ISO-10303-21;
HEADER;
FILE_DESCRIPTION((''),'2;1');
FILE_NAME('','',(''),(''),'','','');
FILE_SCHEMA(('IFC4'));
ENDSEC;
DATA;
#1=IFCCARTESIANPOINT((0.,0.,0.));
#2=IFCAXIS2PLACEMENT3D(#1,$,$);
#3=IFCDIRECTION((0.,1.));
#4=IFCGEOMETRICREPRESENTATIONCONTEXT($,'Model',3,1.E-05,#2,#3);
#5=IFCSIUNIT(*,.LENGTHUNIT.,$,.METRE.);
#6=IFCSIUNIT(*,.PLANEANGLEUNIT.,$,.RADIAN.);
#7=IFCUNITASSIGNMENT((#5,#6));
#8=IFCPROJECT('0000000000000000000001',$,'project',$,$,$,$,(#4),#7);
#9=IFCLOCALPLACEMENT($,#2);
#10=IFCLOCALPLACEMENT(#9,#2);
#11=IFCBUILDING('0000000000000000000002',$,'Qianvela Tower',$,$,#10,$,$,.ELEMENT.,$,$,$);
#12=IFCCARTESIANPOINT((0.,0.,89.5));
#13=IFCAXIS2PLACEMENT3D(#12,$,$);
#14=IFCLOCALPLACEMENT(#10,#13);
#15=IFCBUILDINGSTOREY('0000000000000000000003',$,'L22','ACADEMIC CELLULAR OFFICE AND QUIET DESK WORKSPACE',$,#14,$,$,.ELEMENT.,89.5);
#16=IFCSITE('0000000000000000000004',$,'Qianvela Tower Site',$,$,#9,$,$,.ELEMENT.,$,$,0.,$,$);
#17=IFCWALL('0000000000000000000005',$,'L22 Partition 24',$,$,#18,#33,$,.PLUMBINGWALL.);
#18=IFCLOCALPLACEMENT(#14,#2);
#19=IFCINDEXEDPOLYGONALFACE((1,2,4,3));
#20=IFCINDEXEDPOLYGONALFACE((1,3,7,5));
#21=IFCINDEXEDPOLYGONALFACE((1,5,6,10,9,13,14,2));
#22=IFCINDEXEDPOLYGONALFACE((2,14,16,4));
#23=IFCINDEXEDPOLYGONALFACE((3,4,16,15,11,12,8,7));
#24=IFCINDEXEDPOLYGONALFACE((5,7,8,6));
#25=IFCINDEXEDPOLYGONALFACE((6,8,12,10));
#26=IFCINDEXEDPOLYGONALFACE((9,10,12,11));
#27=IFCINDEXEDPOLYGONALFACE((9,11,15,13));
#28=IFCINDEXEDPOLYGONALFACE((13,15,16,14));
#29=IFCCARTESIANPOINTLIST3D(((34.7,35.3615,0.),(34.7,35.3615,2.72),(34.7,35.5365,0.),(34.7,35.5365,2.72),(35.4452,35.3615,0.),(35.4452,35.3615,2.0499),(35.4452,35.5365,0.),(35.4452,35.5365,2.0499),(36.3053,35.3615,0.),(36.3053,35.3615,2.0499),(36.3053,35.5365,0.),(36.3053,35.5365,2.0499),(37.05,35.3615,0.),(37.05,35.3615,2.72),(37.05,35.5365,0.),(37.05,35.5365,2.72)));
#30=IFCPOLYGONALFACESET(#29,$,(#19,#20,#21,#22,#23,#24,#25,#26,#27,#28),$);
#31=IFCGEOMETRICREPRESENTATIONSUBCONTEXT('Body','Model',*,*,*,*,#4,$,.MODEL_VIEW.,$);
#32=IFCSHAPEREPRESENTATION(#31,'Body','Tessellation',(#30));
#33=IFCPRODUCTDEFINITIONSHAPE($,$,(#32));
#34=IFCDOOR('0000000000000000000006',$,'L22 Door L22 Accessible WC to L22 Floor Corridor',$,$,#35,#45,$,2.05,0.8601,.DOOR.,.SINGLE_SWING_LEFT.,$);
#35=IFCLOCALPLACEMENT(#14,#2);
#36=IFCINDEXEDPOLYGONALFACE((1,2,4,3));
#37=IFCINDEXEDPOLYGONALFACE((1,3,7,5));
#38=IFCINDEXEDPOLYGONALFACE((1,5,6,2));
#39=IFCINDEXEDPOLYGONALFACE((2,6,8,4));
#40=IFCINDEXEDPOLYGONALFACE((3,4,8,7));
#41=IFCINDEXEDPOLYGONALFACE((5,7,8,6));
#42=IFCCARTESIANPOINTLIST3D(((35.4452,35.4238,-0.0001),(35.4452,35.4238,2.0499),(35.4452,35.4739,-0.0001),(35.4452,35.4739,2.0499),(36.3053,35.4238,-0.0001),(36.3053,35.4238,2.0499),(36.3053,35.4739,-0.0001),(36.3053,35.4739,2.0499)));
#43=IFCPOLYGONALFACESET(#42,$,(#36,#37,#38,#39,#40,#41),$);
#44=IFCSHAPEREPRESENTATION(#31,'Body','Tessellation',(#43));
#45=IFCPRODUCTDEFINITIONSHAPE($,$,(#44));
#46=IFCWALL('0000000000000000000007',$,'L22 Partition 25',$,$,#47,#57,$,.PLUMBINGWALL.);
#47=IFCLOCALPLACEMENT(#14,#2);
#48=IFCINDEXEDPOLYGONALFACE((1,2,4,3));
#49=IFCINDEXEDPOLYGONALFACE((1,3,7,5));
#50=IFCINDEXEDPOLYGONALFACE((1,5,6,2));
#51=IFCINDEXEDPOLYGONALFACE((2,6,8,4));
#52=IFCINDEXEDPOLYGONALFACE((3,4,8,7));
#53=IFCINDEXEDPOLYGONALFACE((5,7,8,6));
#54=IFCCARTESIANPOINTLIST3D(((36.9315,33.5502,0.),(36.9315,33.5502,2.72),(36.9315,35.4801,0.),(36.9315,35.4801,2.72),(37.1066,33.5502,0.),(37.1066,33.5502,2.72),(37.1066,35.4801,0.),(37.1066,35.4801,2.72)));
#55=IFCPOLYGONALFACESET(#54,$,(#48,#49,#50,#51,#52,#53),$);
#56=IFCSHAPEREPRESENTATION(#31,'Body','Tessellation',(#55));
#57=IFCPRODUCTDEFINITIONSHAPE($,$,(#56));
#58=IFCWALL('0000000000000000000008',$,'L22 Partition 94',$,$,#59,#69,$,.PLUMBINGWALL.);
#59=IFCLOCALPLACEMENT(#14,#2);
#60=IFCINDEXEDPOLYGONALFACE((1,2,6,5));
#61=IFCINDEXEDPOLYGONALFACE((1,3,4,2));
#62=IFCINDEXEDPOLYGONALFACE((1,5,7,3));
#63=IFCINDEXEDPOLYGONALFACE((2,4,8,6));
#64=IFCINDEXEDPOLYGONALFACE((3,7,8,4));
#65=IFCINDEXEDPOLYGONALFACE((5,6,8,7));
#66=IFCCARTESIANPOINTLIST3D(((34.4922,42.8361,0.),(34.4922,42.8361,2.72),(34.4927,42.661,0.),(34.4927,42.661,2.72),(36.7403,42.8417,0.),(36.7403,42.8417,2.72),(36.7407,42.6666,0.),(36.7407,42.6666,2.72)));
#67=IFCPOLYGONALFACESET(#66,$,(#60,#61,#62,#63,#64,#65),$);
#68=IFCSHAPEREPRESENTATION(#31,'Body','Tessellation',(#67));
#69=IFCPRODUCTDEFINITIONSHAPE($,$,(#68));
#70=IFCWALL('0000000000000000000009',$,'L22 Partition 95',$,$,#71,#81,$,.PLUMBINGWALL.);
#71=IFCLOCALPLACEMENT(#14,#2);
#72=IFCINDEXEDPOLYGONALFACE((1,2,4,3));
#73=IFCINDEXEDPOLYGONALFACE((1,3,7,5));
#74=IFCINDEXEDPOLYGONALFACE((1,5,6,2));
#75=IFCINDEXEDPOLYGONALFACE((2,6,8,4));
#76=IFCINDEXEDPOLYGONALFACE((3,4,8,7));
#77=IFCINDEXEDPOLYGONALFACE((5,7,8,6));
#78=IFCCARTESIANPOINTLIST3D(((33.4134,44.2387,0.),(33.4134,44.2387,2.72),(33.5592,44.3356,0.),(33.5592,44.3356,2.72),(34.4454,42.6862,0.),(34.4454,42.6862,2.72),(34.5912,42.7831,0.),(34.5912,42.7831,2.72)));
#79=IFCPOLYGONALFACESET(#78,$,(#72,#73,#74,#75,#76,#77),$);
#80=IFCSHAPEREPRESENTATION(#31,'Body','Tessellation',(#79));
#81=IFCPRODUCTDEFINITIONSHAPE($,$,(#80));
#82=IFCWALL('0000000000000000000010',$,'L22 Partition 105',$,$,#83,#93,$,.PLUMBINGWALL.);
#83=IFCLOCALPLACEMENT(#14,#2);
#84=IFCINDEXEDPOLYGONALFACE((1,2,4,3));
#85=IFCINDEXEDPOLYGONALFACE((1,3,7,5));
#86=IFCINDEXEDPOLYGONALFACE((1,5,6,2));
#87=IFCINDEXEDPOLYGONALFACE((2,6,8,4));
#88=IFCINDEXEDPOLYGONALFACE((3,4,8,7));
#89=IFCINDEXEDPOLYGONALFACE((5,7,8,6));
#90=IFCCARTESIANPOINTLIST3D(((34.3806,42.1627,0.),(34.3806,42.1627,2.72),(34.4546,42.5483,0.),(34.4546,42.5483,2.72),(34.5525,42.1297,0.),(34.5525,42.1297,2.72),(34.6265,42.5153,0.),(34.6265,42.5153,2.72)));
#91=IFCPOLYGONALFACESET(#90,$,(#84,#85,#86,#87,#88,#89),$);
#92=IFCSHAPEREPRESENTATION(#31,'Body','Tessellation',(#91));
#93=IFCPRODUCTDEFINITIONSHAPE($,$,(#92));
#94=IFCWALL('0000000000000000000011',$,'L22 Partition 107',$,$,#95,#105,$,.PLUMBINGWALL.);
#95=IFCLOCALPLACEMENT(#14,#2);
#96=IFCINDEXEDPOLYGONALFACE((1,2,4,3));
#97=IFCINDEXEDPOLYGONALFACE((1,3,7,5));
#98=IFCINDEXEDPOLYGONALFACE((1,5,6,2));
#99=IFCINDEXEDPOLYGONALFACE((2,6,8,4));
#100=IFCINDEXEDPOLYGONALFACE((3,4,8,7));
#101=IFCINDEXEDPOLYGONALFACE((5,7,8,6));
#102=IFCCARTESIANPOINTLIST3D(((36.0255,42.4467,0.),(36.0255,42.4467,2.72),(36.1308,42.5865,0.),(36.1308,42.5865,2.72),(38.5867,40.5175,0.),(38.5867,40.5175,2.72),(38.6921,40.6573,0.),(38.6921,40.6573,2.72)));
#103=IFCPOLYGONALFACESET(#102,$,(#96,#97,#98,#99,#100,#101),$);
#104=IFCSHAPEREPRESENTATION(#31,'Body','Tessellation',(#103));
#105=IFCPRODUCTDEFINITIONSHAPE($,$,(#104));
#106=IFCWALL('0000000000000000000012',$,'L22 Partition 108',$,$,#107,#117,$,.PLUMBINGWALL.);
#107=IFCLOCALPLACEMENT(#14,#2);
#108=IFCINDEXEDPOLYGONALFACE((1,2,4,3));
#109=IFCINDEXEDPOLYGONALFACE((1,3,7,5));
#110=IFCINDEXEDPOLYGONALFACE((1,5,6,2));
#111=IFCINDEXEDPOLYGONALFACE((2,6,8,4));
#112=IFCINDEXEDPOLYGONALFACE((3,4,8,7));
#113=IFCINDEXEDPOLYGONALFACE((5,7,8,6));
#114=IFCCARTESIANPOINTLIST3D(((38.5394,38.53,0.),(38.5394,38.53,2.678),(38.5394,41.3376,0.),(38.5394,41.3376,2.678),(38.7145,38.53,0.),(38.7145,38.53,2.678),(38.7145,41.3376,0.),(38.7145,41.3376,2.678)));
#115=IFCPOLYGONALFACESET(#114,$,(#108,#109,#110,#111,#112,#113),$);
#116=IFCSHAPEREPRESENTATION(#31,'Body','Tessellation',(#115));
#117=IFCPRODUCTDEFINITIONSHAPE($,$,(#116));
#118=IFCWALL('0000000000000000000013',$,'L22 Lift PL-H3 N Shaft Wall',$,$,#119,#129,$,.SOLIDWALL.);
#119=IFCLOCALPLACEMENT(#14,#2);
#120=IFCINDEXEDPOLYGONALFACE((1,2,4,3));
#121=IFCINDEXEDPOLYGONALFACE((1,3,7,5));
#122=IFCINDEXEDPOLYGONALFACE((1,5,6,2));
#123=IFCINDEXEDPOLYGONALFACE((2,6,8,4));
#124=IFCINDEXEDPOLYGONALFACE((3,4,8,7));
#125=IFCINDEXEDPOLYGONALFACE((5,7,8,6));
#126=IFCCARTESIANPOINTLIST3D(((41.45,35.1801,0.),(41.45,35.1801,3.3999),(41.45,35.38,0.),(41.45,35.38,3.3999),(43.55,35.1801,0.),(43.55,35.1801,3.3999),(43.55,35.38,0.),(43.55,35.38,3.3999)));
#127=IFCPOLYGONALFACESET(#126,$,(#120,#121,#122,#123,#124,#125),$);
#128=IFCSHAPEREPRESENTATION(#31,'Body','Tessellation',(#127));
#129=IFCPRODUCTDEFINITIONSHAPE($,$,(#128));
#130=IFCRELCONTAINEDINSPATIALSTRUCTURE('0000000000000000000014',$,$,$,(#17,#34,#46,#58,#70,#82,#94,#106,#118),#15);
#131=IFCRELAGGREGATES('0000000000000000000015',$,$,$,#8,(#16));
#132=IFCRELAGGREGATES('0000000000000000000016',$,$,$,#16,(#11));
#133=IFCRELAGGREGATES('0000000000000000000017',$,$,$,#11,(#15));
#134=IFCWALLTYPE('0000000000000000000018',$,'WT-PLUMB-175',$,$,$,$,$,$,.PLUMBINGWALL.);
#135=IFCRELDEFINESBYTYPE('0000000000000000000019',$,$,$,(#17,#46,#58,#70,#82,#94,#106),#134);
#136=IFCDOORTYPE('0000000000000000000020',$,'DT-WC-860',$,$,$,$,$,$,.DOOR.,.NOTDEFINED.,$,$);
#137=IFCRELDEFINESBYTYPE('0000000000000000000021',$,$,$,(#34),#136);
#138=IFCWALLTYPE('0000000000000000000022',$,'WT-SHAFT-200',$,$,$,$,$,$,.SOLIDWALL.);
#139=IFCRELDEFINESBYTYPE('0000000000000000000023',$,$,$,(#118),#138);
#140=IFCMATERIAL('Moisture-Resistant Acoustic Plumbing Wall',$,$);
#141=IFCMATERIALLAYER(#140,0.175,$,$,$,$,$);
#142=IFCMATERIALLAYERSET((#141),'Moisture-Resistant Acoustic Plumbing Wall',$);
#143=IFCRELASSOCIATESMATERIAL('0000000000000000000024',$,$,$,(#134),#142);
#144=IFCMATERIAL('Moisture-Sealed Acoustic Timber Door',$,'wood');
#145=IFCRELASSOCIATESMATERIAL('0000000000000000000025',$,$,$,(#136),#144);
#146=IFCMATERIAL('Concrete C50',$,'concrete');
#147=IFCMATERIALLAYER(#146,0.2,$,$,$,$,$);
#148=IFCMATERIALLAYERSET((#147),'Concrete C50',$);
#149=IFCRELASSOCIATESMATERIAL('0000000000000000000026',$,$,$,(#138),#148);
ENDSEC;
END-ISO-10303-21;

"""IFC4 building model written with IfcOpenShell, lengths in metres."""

from ifc_helpers import new_model, si_unit, direction, frame, frame_2d, origin, place, context, subcontext, project, spatial, rectangle, extrude, material, layer, layer_set, type_object, element, fill, save


model = new_model("IFC4")

# Units and contexts
model_context = context("Model", 3, precision=1e-05, world=origin(), true_north=direction((0.0, 1.0)))
body_context = subcontext(model_context, "Body", "Model", "MODEL_VIEW")
ifc_project = project(units=[si_unit("LENGTHUNIT", "METRE"), si_unit("PLANEANGLEUNIT", "RADIAN")], contexts=[model_context])

# Site, building, storey
site_placement = place(None, origin())
site = spatial("IfcSite", under=ifc_project, at=site_placement, Name="Qianvela Tower Site", CompositionType="ELEMENT", RefElevation=0.0)
building_placement = place(site_placement, origin())
building = spatial("IfcBuilding", under=site, at=building_placement, Name="Qianvela Tower", CompositionType="ELEMENT")
storey_placement = place(building_placement, frame((0.0, 0.0, 89.5)))
storey = spatial("IfcBuildingStorey", under=building, at=storey_placement, Name="L22", Description="ACADEMIC CELLULAR OFFICE AND QUIET DESK WORKSPACE", CompositionType="ELEMENT", Elevation=89.5)

# Wall, opening, door
ifc_material_1 = material(Name="Moisture-Resistant Acoustic Plumbing Wall")
ifc_layer_1 = layer(ifc_material_1, 0.175)
ifc_layer_set_1 = layer_set([ifc_layer_1], Name="Moisture-Resistant Acoustic Plumbing Wall")
wall_type_1 = type_object("IfcWallType", Name="WT-PLUMB-175", PredefinedType="PLUMBINGWALL", material=ifc_layer_set_1)
wall_1_placement = place(storey_placement, frame((34.7, 35.449, 0.0), z_axis=(0.0, 0.0, 1.0), x_axis=(1.0, 0.0, 0.0)))
wall_1 = element("IfcWall", 1, at=wall_1_placement, inside=storey, type_object=wall_type_1, Name="L22 Partition 24", PredefinedType="PLUMBINGWALL", context=body_context, shape_type="SweptSolid", body=[
    extrude(rectangle(XDim=2.3501, YDim=0.175, at=frame_2d((1.175, 0.0))), origin(), (0.0, 0.0, 1.0), 2.72),
])
opening_1_placement = place(wall_1_placement, frame((0.7451, 0.0, 0.0)))
opening_1 = element("IfcOpeningElement", 2, at=opening_1_placement, cuts=wall_1, PredefinedType="OPENING", context=body_context, shape_type="SweptSolid", body=[
    extrude(rectangle(XDim=0.8601, YDim=2.05, at=frame_2d((0.4302, 1.0249))), frame((0.0, 0.0974, 0.0), z_axis=(0.0, -1.0, 0.0), x_axis=(1.0, 0.0, 0.0)), (0.0, 0.0, 1.0), 0.1951),
])
ifc_material_2 = material(Name="Moisture-Sealed Acoustic Timber Door", Category="wood")
door_type_1 = type_object("IfcDoorType", Name="DT-WC-860", OperationType="NOTDEFINED", PredefinedType="DOOR", material=ifc_material_2)
door_1_placement = place(opening_1_placement, origin())
door_1 = element("IfcDoor", 3, at=door_1_placement, inside=storey, type_object=door_type_1, Name="L22 Door L22 Accessible WC to L22 Floor Corridor", OperationType="SINGLE_SWING_LEFT", OverallHeight=2.05, OverallWidth=0.8601, PredefinedType="DOOR", context=body_context, shape_type="SweptSolid", body=[
    extrude(rectangle(XDim=0.8601, YDim=2.05, at=frame_2d((0.4302, 1.0249))), frame((0.0, 0.0249, 0.0), z_axis=(0.0, -1.0, 0.0), x_axis=(1.0, 0.0, 0.0)), (0.0, 0.0, 1.0), 0.05),
])
fill(opening_1, door_1)

# Walls
wall_2_placement = place(storey_placement, frame((37.019, 35.48, 0.0), z_axis=(0.0, 0.0, 1.0), x_axis=(0.0, -1.0, 0.0)))
element("IfcWall", 4, at=wall_2_placement, inside=storey, type_object=wall_type_1, Name="L22 Partition 25", PredefinedType="PLUMBINGWALL", context=body_context, shape_type="SweptSolid", body=[
    extrude(rectangle(XDim=1.9299, YDim=0.175, at=frame_2d((0.9648, 0.0))), origin(), (0.0, 0.0, 1.0), 2.72),
])
wall_3_placement = place(storey_placement, frame((36.7405, 42.7542, 0.0), z_axis=(0.0, 0.0, 1.0), x_axis=(-0.999997, -0.002498, 0.0)))
element("IfcWall", 5, at=wall_3_placement, inside=storey, type_object=wall_type_1, Name="L22 Partition 94", PredefinedType="PLUMBINGWALL", context=body_context, shape_type="SweptSolid", body=[
    extrude(rectangle(XDim=2.248, YDim=0.175, at=frame_2d((1.124, 0.0))), origin(), (0.0, 0.0, 1.0), 2.72),
])
wall_4_placement = place(storey_placement, frame((34.5183, 42.7346, 0.0), z_axis=(0.0, 0.0, 1.0), x_axis=(-0.553581, 0.832795, 0.0)))
element("IfcWall", 6, at=wall_4_placement, inside=storey, type_object=wall_type_1, Name="L22 Partition 95", PredefinedType="PLUMBINGWALL", context=body_context, shape_type="SweptSolid", body=[
    extrude(rectangle(XDim=1.8643, YDim=0.175, at=frame_2d((0.9321, 0.0))), origin(), (0.0, 0.0, 1.0), 2.72),
])
wall_5_placement = place(storey_placement, frame((34.4666, 42.1462, 0.0), z_axis=(0.0, 0.0, 1.0), x_axis=(0.188455, 0.982082, 0.0)))
element("IfcWall", 7, at=wall_5_placement, inside=storey, type_object=wall_type_1, Name="L22 Partition 105", PredefinedType="PLUMBINGWALL", context=body_context, shape_type="SweptSolid", body=[
    extrude(rectangle(XDim=0.3926, YDim=0.175, at=frame_2d((0.1963, 0.0))), origin(), (0.0, 0.0, 1.0), 2.72),
])
wall_6_placement = place(storey_placement, frame((36.0781, 42.5166, 0.0), z_axis=(0.0, 0.0, 1.0), x_axis=(0.798765, -0.601643, 0.0)))
element("IfcWall", 8, at=wall_6_placement, inside=storey, type_object=wall_type_1, Name="L22 Partition 107", PredefinedType="PLUMBINGWALL", context=body_context, shape_type="SweptSolid", body=[
    extrude(rectangle(XDim=3.2065, YDim=0.175, at=frame_2d((1.6033, 0.0))), origin(), (0.0, 0.0, 1.0), 2.72),
])
wall_7_placement = place(storey_placement, frame((38.627, 41.3376, 0.0), z_axis=(0.0, 0.0, 1.0), x_axis=(0.0, -1.0, 0.0)))
element("IfcWall", 9, at=wall_7_placement, inside=storey, type_object=wall_type_1, Name="L22 Partition 108", PredefinedType="PLUMBINGWALL", context=body_context, shape_type="SweptSolid", body=[
    extrude(rectangle(XDim=2.8076, YDim=0.175, at=frame_2d((1.4038, 0.0))), origin(), (0.0, 0.0, 1.0), 2.678),
])
ifc_material_3 = material(Name="Concrete C50", Category="concrete")
ifc_layer_2 = layer(ifc_material_3, 0.2)
ifc_layer_set_2 = layer_set([ifc_layer_2], Name="Concrete C50")
wall_type_2 = type_object("IfcWallType", Name="WT-SHAFT-200", PredefinedType="SOLIDWALL", material=ifc_layer_set_2)
wall_8_placement = place(storey_placement, frame((41.45, 35.28, 0.0), z_axis=(0.0, 0.0, 1.0), x_axis=(1.0, 0.0, 0.0)))
element("IfcWall", 10, at=wall_8_placement, inside=storey, type_object=wall_type_2, Name="L22 Lift PL-H3 N Shaft Wall", PredefinedType="SOLIDWALL", context=body_context, shape_type="SweptSolid", body=[
    extrude(rectangle(XDim=2.1001, YDim=0.2, at=frame_2d((1.05, 0.0))), origin(), (0.0, 0.0, 1.0), 3.3999),
])

save(model, "model.ifc")
